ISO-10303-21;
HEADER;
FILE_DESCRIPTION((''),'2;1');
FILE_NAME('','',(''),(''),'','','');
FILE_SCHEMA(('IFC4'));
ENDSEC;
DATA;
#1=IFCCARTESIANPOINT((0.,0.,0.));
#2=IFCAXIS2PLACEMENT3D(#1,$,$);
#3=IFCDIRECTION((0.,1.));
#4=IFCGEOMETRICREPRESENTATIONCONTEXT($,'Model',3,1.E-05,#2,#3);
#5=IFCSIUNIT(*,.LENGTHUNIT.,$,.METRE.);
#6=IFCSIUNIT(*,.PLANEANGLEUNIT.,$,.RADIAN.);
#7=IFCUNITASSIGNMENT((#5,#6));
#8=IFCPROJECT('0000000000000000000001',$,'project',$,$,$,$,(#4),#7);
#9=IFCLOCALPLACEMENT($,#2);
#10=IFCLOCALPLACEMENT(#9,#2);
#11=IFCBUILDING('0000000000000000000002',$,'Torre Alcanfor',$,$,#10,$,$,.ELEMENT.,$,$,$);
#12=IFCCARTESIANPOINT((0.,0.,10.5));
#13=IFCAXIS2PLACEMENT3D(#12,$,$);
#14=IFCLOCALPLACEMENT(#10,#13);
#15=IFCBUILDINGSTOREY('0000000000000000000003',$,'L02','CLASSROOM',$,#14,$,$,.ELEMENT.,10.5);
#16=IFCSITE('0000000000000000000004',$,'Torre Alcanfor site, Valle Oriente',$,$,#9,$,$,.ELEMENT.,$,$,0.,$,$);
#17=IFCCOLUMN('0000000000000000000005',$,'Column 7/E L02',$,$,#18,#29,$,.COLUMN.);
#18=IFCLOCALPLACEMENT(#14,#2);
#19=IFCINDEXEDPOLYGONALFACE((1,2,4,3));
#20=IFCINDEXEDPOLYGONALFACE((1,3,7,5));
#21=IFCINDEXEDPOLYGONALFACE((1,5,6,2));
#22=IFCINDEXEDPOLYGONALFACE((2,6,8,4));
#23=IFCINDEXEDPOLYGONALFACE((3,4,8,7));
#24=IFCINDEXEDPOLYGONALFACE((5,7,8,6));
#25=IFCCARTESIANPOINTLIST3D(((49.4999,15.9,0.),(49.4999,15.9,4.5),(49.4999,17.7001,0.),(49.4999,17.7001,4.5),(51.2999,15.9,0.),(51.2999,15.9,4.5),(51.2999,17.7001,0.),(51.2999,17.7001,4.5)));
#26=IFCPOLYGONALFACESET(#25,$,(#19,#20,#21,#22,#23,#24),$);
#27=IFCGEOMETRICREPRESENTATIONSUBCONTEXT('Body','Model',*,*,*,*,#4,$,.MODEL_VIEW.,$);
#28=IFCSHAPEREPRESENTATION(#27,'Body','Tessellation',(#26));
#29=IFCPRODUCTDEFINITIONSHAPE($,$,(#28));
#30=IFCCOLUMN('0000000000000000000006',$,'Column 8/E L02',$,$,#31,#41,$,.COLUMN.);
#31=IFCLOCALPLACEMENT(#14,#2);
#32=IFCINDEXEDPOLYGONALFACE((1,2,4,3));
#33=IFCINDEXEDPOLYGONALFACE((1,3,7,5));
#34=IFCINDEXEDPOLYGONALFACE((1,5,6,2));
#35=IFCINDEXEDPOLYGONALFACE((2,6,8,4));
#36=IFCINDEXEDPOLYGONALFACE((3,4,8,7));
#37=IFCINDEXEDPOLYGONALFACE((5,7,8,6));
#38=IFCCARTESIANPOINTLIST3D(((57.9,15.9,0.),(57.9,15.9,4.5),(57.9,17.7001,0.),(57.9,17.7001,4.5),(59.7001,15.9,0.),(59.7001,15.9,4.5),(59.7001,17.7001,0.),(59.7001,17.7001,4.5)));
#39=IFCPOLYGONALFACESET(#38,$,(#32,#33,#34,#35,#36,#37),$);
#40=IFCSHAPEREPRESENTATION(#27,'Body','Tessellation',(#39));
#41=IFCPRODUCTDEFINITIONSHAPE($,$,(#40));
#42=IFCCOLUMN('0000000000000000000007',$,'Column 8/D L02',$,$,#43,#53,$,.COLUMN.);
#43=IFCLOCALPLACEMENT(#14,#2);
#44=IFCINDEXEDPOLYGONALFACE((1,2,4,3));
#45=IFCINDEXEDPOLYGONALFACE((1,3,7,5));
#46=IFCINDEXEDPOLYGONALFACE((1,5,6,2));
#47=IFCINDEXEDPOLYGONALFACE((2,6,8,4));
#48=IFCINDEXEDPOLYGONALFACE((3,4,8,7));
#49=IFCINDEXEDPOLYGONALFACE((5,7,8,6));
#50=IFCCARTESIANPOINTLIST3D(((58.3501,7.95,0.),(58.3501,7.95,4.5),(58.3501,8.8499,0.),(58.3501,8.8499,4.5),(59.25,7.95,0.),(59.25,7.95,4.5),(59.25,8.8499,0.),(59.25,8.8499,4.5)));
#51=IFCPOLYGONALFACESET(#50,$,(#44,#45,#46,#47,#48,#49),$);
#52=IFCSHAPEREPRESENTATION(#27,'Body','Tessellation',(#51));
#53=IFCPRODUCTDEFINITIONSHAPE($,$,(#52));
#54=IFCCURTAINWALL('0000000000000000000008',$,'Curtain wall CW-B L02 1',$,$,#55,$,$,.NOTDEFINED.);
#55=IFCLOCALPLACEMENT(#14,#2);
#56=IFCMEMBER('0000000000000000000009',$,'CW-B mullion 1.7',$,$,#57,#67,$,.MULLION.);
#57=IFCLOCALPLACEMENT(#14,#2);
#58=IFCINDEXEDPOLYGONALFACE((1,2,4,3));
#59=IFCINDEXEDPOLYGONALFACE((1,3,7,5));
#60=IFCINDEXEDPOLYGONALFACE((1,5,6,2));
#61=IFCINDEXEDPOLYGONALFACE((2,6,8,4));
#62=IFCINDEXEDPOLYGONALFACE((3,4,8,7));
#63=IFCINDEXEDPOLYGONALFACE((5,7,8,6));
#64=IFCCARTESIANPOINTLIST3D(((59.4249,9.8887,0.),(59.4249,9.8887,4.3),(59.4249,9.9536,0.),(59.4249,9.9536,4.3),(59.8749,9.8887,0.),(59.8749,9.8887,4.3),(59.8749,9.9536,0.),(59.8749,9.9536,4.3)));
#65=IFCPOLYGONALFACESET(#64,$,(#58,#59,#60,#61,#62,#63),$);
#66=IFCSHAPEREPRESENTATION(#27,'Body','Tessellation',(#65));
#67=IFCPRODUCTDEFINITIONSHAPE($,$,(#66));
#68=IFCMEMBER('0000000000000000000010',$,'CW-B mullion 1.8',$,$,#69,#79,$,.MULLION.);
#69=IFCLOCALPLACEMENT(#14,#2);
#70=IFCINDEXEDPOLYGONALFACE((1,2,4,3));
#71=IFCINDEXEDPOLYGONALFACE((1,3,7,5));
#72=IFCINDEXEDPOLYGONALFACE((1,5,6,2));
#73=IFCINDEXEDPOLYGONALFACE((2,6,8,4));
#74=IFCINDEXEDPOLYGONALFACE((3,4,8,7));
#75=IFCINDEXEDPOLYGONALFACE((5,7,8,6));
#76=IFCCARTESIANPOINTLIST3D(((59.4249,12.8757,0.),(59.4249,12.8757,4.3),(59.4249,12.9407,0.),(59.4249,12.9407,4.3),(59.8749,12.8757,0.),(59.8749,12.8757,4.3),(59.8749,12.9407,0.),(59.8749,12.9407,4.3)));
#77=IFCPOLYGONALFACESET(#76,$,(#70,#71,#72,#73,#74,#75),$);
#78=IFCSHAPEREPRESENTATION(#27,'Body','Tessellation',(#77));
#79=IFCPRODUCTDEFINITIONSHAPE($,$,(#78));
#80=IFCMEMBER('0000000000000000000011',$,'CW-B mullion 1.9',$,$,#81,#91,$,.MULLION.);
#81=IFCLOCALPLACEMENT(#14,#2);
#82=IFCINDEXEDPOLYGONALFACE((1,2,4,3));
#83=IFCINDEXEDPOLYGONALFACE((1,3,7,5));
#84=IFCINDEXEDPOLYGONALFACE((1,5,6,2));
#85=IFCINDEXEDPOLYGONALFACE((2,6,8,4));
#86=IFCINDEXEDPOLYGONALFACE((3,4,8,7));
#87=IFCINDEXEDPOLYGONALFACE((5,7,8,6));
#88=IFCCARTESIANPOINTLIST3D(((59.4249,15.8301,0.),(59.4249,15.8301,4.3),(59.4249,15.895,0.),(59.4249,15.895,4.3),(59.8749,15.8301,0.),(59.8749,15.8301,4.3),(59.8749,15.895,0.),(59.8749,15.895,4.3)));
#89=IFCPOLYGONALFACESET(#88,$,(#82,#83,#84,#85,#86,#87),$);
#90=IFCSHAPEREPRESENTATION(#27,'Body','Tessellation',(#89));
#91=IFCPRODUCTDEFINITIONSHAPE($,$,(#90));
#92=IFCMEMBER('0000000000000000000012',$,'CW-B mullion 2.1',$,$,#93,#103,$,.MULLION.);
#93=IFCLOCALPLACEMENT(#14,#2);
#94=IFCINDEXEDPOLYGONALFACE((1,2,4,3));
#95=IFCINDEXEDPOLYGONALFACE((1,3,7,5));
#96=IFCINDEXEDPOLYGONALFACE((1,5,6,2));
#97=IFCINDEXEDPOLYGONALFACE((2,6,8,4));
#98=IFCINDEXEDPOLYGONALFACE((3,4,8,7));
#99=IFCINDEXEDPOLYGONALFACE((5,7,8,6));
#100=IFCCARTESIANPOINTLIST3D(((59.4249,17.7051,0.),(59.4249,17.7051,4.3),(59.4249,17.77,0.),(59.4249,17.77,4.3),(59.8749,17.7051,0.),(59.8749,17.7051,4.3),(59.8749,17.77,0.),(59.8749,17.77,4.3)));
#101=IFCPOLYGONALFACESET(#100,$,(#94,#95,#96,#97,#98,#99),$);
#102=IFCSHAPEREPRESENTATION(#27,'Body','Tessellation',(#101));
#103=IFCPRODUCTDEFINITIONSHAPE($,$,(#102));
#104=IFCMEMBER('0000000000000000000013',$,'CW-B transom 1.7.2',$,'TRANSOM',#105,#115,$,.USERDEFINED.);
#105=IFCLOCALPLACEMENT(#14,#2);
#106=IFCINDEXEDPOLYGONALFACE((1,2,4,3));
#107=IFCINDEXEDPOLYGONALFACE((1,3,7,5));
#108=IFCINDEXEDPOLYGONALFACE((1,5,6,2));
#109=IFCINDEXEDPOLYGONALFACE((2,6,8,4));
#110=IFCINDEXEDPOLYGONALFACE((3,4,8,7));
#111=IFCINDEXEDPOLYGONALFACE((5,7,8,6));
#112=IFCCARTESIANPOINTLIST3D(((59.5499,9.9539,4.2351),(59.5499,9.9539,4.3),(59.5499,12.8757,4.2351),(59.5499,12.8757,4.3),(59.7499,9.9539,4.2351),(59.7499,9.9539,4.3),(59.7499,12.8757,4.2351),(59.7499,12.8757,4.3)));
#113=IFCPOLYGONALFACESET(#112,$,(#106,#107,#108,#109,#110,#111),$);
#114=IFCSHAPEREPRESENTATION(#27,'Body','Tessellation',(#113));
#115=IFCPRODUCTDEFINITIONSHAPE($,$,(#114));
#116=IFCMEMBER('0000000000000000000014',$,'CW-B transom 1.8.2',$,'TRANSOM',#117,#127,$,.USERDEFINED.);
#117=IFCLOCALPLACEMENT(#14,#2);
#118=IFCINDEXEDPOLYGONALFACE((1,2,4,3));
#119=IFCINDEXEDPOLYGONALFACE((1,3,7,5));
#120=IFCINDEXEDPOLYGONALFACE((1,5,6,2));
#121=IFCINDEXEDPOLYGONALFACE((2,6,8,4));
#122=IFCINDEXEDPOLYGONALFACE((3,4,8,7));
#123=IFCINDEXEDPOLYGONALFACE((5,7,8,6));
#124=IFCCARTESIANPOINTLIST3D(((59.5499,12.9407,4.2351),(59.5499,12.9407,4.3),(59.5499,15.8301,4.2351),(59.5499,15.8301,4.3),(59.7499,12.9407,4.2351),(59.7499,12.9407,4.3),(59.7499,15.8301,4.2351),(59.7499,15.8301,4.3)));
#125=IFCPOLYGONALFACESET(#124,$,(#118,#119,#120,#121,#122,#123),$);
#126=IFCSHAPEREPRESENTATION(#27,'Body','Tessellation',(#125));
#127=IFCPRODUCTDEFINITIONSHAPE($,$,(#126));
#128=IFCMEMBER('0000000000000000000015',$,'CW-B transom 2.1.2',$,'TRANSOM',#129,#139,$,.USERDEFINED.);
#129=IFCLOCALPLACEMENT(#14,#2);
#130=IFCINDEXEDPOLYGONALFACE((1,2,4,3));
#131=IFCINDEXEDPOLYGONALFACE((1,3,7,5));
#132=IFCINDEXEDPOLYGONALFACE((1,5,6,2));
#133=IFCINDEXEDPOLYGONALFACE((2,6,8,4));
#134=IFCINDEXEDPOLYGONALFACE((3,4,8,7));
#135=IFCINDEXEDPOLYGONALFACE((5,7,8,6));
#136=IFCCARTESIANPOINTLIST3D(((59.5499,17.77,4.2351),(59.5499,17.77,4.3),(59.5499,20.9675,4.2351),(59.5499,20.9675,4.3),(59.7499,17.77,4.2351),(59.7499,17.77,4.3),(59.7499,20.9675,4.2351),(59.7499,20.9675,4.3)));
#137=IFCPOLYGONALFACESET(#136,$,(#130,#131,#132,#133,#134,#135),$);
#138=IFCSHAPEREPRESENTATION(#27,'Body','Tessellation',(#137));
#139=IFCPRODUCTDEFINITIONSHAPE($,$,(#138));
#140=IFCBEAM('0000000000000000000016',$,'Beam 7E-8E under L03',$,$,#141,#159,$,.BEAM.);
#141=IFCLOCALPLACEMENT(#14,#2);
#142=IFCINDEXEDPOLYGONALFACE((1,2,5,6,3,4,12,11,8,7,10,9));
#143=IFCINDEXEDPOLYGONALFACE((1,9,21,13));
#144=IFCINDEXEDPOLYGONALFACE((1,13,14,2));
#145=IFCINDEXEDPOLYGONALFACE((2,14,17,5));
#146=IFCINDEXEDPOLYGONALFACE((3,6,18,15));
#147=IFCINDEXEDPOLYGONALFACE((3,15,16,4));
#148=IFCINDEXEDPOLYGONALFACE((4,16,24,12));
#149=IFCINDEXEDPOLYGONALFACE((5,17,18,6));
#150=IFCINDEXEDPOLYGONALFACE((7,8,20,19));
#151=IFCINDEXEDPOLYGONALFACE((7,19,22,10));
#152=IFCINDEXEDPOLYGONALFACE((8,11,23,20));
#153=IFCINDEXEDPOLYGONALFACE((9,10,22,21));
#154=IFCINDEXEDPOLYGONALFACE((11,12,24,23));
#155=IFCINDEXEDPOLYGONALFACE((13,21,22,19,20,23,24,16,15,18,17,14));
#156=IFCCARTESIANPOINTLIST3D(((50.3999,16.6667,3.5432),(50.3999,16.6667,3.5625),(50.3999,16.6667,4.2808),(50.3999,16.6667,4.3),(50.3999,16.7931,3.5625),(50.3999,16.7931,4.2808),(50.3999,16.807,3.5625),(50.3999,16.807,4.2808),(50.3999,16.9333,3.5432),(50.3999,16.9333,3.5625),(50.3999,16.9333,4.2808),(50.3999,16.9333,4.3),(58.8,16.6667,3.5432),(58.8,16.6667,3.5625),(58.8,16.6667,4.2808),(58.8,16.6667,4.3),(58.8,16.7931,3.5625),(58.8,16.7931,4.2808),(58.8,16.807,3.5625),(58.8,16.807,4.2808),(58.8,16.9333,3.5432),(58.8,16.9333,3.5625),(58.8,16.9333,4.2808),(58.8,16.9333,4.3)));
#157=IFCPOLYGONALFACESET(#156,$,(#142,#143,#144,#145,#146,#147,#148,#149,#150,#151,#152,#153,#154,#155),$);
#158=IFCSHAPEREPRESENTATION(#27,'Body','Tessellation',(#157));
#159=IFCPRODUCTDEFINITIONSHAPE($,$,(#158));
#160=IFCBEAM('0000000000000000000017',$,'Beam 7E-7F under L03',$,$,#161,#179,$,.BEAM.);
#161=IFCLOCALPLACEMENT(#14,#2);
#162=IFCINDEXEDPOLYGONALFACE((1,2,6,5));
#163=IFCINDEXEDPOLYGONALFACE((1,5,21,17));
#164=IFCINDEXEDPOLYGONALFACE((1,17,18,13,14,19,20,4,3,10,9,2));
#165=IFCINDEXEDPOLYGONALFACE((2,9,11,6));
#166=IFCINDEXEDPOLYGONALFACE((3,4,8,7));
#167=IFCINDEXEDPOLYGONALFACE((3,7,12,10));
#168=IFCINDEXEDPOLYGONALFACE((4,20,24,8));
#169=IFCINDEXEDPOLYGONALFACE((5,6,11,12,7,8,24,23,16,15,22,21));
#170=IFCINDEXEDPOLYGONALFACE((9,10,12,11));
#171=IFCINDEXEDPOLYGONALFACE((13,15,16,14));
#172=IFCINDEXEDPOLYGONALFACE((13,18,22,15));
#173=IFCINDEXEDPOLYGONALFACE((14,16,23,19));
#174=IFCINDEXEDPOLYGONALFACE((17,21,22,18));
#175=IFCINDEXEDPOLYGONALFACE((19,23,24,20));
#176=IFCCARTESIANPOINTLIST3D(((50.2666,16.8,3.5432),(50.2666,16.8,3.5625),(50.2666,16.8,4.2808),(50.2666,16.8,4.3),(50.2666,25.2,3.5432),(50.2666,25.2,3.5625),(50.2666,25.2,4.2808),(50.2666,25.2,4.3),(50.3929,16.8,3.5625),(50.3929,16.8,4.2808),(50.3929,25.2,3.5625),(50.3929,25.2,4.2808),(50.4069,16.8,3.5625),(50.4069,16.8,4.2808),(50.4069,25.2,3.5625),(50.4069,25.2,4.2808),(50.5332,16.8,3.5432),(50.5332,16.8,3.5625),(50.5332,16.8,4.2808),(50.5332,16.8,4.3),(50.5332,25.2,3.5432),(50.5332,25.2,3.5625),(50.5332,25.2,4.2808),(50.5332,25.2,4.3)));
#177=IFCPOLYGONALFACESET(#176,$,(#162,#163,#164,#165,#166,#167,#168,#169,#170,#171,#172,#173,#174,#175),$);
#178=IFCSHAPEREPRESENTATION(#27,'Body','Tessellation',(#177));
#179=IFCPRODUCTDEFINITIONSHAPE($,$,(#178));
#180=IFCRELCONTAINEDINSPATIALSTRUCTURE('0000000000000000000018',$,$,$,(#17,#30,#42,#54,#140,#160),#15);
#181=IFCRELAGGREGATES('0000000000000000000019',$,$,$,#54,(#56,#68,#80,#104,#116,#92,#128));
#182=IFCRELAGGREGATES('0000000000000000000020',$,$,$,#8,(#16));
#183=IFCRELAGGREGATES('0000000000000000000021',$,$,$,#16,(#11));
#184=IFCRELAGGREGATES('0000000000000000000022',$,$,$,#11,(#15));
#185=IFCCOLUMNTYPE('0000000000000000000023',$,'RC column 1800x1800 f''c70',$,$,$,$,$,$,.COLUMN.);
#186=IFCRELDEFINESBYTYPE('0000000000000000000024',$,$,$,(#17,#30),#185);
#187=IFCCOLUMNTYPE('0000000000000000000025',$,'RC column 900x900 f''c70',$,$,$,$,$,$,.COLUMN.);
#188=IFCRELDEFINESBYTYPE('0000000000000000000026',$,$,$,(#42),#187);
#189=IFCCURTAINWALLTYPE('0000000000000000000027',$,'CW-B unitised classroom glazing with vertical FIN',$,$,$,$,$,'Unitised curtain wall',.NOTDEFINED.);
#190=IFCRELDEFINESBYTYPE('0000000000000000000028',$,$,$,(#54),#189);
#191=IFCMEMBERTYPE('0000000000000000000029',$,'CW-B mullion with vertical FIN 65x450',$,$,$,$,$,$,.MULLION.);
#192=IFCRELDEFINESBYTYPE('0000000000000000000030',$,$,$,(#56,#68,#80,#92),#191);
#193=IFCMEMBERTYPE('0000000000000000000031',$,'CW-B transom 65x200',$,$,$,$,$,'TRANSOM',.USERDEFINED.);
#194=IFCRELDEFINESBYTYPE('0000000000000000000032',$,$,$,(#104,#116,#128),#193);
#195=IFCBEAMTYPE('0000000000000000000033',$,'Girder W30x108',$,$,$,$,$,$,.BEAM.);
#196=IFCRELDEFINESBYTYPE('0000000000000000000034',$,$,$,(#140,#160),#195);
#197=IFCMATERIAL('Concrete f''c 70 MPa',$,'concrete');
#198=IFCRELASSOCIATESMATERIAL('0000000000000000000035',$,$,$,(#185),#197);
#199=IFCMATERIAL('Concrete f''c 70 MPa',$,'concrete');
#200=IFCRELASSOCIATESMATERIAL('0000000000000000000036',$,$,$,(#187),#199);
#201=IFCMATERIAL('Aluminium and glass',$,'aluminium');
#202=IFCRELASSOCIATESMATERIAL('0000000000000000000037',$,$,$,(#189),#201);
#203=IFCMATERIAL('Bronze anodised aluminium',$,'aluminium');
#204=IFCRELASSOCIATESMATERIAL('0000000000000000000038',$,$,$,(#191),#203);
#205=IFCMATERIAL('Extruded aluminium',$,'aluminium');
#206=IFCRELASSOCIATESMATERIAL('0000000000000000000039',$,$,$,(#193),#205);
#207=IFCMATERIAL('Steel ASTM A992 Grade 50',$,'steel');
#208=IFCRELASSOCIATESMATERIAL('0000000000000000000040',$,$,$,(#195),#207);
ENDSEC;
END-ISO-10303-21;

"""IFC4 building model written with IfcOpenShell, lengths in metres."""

from ifc_helpers import new_model, si_unit, direction, frame, origin, origin_2d, place, context, subcontext, project, spatial, rectangle, i_section, extrude, material, material_profile, profile_set, type_object, element, aggregate, save


model = new_model("IFC4")

# Units and contexts
model_context = context("Model", 3, precision=1e-05, world=origin(), true_north=direction((0.0, 1.0)))
body_context = subcontext(model_context, "Body", "Model", "MODEL_VIEW")
ifc_project = project(units=[si_unit("LENGTHUNIT", "METRE"), si_unit("PLANEANGLEUNIT", "RADIAN")], contexts=[model_context])

# Site, building, storey
site_placement = place(None, origin())
site = spatial("IfcSite", under=ifc_project, at=site_placement, Name="Torre Alcanfor site, Valle Oriente", CompositionType="ELEMENT", RefElevation=0.0)
building_placement = place(site_placement, origin())
building = spatial("IfcBuilding", under=site, at=building_placement, Name="Torre Alcanfor", CompositionType="ELEMENT")
storey_placement = place(building_placement, frame((0.0, 0.0, 10.5)))
storey = spatial("IfcBuildingStorey", under=building, at=storey_placement, Name="L02", Description="CLASSROOM", CompositionType="ELEMENT", Elevation=10.5)

# Columns
ifc_material_1 = material(Name="Concrete f'c 70 MPa", Category="concrete")
ifc_material_profile_1 = material_profile(ifc_material_1, rectangle(XDim=1.8, YDim=1.8, at=origin_2d()), Name="1800x1800")
ifc_profile_set_1 = profile_set([ifc_material_profile_1], Name="Concrete f'c 70 MPa")
column_type_1 = type_object("IfcColumnType", Name="RC column 1800x1800 f'c70", PredefinedType="COLUMN", material=ifc_profile_set_1)
for number, where, z_axis, x_axis, name in (
    (1, (50.3999, 16.8, 0.0), (0.0, 0.0, 1.0), (1.0, 0.0, 0.0), "Column 7/E L02"),
    (2, (58.8, 16.8, 0.0), (0.0, 0.0, 1.0), (1.0, 0.0, 0.0), "Column 8/E L02"),
):
    element("IfcColumn", number, at=place(storey_placement, frame(where, z_axis=z_axis, x_axis=x_axis)), inside=storey, type_object=column_type_1, Name=name, PredefinedType="COLUMN", context=body_context, shape_type="SweptSolid", body=[
        extrude(rectangle(XDim=1.8, YDim=1.8, at=origin_2d()), origin(), (0.0, 0.0, 1.0), 4.5),
    ])
ifc_material_2 = material(Name="Concrete f'c 70 MPa", Category="concrete")
ifc_material_profile_2 = material_profile(ifc_material_2, rectangle(XDim=0.8999, YDim=0.8999, at=origin_2d()), Name="900x900")
ifc_profile_set_2 = profile_set([ifc_material_profile_2], Name="Concrete f'c 70 MPa")
column_type_2 = type_object("IfcColumnType", Name="RC column 900x900 f'c70", PredefinedType="COLUMN", material=ifc_profile_set_2)
column_placement = place(storey_placement, frame((58.8, 8.3999, 0.0), z_axis=(0.0, 0.0, 1.0), x_axis=(1.0, 0.0, 0.0)))
element("IfcColumn", 3, at=column_placement, inside=storey, type_object=column_type_2, Name="Column 8/D L02", PredefinedType="COLUMN", context=body_context, shape_type="SweptSolid", body=[
    extrude(rectangle(XDim=0.8999, YDim=0.8999, at=origin_2d()), origin(), (0.0, 0.0, 1.0), 4.5),
])

# Curtain wall, members
ifc_material_3 = material(Name="Aluminium and glass", Category="aluminium")
curtain_wall_type = type_object("IfcCurtainWallType", Name="CW-B unitised classroom glazing with vertical FIN", ElementType="Unitised curtain wall", PredefinedType="NOTDEFINED", material=ifc_material_3)
curtain_wall_placement = place(storey_placement, origin())
curtain_wall = element("IfcCurtainWall", 4, at=curtain_wall_placement, inside=storey, type_object=curtain_wall_type, Name="Curtain wall CW-B L02 1", PredefinedType="NOTDEFINED")
ifc_material_4 = material(Name="Bronze anodised aluminium", Category="aluminium")
ifc_material_profile_3 = material_profile(ifc_material_4, rectangle(XDim=0.45, YDim=0.0649, at=origin_2d()), Name="CW-B mullion 65x450")
ifc_profile_set_3 = profile_set([ifc_material_profile_3], Name="Bronze anodised aluminium")
member_type_1 = type_object("IfcMemberType", Name="CW-B mullion with vertical FIN 65x450", PredefinedType="MULLION", material=ifc_profile_set_3)
member_1_placement = place(storey_placement, frame((59.6499, 9.9211, 0.0), z_axis=(0.0, 0.0, 1.0), x_axis=(-1.0, 0.0, 0.0)))
member_1 = element("IfcMember", 5, at=member_1_placement, type_object=member_type_1, Name="CW-B mullion 1.7", PredefinedType="MULLION", context=body_context, shape_type="SweptSolid", body=[
    extrude(rectangle(XDim=0.45, YDim=0.0649, at=origin_2d()), origin(), (0.0, 0.0, 1.0), 4.3),
])
member_2_placement = place(storey_placement, frame((59.6499, 12.9082, 0.0), z_axis=(0.0, 0.0, 1.0), x_axis=(-1.0, 0.0, 0.0)))
member_2 = element("IfcMember", 6, at=member_2_placement, type_object=member_type_1, Name="CW-B mullion 1.8", PredefinedType="MULLION", context=body_context, shape_type="SweptSolid", body=[
    extrude(rectangle(XDim=0.45, YDim=0.0649, at=origin_2d()), origin(), (0.0, 0.0, 1.0), 4.3),
])
member_3_placement = place(storey_placement, frame((59.6499, 15.8625, 0.0), z_axis=(0.0, 0.0, 1.0), x_axis=(-1.0, 0.0, 0.0)))
member_3 = element("IfcMember", 7, at=member_3_placement, type_object=member_type_1, Name="CW-B mullion 1.9", PredefinedType="MULLION", context=body_context, shape_type="SweptSolid", body=[
    extrude(rectangle(XDim=0.45, YDim=0.0649, at=origin_2d()), origin(), (0.0, 0.0, 1.0), 4.3),
])
member_4_placement = place(storey_placement, frame((59.6499, 17.7375, 0.0), z_axis=(0.0, 0.0, 1.0), x_axis=(-1.0, 0.0, 0.0)))
member_4 = element("IfcMember", 8, at=member_4_placement, type_object=member_type_1, Name="CW-B mullion 2.1", PredefinedType="MULLION", context=body_context, shape_type="SweptSolid", body=[
    extrude(rectangle(XDim=0.45, YDim=0.0649, at=origin_2d()), origin(), (0.0, 0.0, 1.0), 4.3),
])
ifc_material_5 = material(Name="Extruded aluminium", Category="aluminium")
ifc_material_profile_4 = material_profile(ifc_material_5, rectangle(XDim=0.2, YDim=0.0649, at=origin_2d()), Name="CW-B transom 200x65")
ifc_profile_set_4 = profile_set([ifc_material_profile_4], Name="Extruded aluminium")
member_type_2 = type_object("IfcMemberType", Name="CW-B transom 65x200", ElementType="TRANSOM", PredefinedType="USERDEFINED", material=ifc_profile_set_4)
member_5_placement = place(storey_placement, frame((59.6499, 9.9539, 4.2676), z_axis=(0.0, 1.0, 0.0), x_axis=(-1.0, 0.0, 0.0)))
member_5 = element("IfcMember", 9, at=member_5_placement, type_object=member_type_2, Name="CW-B transom 1.7.2", ObjectType="TRANSOM", PredefinedType="USERDEFINED", context=body_context, shape_type="SweptSolid", body=[
    extrude(rectangle(XDim=0.2, YDim=0.0649, at=origin_2d()), origin(), (0.0, 0.0, 1.0), 2.9219),
])
member_6_placement = place(storey_placement, frame((59.6499, 12.9407, 4.2676), z_axis=(0.0, 1.0, 0.0), x_axis=(-1.0, 0.0, 0.0)))
member_6 = element("IfcMember", 10, at=member_6_placement, type_object=member_type_2, Name="CW-B transom 1.8.2", ObjectType="TRANSOM", PredefinedType="USERDEFINED", context=body_context, shape_type="SweptSolid", body=[
    extrude(rectangle(XDim=0.2, YDim=0.0649, at=origin_2d()), origin(), (0.0, 0.0, 1.0), 2.8894),
])
member_7_placement = place(storey_placement, frame((59.6499, 17.77, 4.2676), z_axis=(0.0, 1.0, 0.0), x_axis=(-1.0, 0.0, 0.0)))
member_7 = element("IfcMember", 11, at=member_7_placement, type_object=member_type_2, Name="CW-B transom 2.1.2", ObjectType="TRANSOM", PredefinedType="USERDEFINED", context=body_context, shape_type="SweptSolid", body=[
    extrude(rectangle(XDim=0.2, YDim=0.0649, at=origin_2d()), origin(), (0.0, 0.0, 1.0), 3.1975),
])

# Beams
ifc_material_6 = material(Name="Steel ASTM A992 Grade 50", Category="steel")
ifc_material_profile_5 = material_profile(ifc_material_6, i_section(OverallWidth=0.2666, OverallDepth=0.7568, WebThickness=0.0139, FlangeThickness=0.0193, at=origin_2d()), Name="W30x108")
ifc_profile_set_5 = profile_set([ifc_material_profile_5], Name="Steel ASTM A992 Grade 50")
beam_type_1 = type_object("IfcBeamType", Name="Girder W30x108", PredefinedType="BEAM", material=ifc_profile_set_5)
beam_1_placement = place(storey_placement, frame((50.3999, 16.8, 3.9216), z_axis=(1.0, 0.0, 0.0), x_axis=(0.0, 1.0, 0.0)))
element("IfcBeam", 12, at=beam_1_placement, inside=storey, type_object=beam_type_1, Name="Beam 7E-8E under L03", PredefinedType="BEAM", context=body_context, shape_type="SweptSolid", body=[
    extrude(i_section(OverallWidth=0.2666, OverallDepth=0.7568, WebThickness=0.0139, FlangeThickness=0.0193, at=origin_2d()), origin(), (0.0, 0.0, 1.0), 8.4001),
])
beam_2_placement = place(storey_placement, frame((50.3999, 16.8, 3.9216), z_axis=(0.0, 1.0, 0.0), x_axis=(-1.0, 0.0, 0.0)))
element("IfcBeam", 13, at=beam_2_placement, inside=storey, type_object=beam_type_1, Name="Beam 7E-7F under L03", PredefinedType="BEAM", context=body_context, shape_type="SweptSolid", body=[
    extrude(i_section(OverallWidth=0.2666, OverallDepth=0.7568, WebThickness=0.0139, FlangeThickness=0.0193, at=origin_2d()), origin(), (0.0, 0.0, 1.0), 8.3999),
])

aggregate(curtain_wall, [member_1, member_2, member_3, member_5, member_6, member_4, member_7])

save(model, "model.ifc")
